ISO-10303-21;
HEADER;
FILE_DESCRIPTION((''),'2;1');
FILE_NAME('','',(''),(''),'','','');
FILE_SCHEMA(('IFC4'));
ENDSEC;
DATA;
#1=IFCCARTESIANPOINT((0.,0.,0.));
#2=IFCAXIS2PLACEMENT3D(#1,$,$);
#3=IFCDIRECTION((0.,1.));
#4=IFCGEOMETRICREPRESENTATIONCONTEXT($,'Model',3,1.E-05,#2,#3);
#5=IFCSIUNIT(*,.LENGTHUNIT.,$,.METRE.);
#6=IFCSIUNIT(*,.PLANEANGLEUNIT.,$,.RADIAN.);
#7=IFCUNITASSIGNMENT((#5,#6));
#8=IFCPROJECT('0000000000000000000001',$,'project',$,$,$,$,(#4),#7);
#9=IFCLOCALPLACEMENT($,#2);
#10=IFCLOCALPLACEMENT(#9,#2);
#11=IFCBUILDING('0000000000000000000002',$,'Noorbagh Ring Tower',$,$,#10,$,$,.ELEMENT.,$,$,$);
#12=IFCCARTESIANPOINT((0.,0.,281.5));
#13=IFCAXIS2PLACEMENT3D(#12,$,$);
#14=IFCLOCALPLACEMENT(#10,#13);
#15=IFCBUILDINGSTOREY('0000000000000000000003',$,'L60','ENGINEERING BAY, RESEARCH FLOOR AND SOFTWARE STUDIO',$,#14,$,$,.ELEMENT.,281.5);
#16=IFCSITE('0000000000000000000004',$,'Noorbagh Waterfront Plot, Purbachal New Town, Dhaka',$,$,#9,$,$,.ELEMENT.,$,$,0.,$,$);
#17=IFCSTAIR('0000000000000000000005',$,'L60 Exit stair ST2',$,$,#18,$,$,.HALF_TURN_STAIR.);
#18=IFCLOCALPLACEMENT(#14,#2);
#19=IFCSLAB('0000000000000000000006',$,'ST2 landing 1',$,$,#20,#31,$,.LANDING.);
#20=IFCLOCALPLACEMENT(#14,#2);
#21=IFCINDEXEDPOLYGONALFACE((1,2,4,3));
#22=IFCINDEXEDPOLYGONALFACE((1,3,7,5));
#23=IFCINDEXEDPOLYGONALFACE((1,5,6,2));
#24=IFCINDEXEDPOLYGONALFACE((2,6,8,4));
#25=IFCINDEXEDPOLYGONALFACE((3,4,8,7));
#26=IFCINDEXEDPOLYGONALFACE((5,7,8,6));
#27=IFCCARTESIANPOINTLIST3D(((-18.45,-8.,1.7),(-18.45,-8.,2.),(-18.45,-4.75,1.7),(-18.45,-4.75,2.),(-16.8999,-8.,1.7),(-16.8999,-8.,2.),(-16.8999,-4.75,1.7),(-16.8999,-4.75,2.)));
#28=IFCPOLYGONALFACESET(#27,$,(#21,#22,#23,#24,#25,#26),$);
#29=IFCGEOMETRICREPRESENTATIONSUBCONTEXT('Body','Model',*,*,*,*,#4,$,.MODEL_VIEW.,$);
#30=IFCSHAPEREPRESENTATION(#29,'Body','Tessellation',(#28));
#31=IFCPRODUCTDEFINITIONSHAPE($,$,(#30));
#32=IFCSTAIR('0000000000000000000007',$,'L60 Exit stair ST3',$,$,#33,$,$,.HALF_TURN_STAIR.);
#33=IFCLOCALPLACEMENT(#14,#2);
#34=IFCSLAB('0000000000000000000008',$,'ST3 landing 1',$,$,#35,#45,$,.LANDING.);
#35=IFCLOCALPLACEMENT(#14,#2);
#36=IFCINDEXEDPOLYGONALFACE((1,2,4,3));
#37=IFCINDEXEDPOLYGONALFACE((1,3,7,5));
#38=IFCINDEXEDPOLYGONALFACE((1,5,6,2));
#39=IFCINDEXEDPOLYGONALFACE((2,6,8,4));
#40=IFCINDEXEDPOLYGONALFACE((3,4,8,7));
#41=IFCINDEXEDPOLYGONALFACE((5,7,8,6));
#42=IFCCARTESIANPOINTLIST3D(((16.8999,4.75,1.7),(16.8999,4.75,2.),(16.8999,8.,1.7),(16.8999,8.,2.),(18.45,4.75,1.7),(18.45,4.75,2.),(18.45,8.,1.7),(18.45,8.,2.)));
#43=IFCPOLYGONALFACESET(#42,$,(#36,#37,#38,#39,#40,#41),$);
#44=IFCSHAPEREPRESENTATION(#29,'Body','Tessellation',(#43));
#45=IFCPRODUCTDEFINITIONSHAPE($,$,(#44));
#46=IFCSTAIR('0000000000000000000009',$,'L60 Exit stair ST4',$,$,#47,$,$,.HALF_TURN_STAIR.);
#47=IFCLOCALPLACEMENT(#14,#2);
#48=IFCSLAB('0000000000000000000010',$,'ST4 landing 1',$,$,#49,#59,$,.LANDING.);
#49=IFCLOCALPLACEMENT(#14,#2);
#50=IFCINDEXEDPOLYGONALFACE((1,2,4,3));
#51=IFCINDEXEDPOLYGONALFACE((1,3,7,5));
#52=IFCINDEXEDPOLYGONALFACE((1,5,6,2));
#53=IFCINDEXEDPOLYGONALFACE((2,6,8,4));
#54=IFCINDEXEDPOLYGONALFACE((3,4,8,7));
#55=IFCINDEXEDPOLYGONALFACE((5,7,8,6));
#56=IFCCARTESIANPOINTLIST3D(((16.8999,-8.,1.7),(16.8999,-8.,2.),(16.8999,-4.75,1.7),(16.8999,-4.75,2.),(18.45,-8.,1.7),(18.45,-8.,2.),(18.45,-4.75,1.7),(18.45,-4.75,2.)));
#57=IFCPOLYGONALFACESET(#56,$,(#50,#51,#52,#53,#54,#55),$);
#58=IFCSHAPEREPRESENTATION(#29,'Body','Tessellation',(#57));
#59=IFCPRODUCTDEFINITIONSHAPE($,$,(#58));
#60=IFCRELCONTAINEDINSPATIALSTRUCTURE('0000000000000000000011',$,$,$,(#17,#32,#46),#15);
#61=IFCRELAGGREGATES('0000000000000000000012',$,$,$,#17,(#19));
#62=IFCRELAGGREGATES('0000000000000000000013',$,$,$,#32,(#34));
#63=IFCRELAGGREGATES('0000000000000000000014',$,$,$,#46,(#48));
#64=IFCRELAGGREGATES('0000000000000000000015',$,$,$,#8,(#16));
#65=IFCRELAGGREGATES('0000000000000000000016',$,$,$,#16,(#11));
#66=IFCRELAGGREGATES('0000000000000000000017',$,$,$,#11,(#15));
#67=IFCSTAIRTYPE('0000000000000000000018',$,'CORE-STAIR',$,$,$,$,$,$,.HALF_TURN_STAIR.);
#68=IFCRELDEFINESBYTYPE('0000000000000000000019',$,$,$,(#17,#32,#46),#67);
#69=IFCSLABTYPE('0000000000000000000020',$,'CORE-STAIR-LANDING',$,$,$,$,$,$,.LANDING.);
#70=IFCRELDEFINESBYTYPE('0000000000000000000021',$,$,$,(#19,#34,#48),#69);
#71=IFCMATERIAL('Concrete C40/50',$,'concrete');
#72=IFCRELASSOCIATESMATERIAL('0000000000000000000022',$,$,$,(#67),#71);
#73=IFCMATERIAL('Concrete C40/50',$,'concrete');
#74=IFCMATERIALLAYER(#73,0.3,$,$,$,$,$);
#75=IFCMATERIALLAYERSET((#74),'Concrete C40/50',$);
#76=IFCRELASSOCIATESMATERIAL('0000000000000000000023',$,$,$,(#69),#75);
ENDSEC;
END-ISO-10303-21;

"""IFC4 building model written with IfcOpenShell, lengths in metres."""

from ifc_helpers import new_model, si_unit, direction, frame, origin, place, context, subcontext, project, spatial, polyline, outline, extrude, material, layer, layer_set, type_object, element, aggregate, save


model = new_model("IFC4")

# Units and contexts
model_context = context("Model", 3, precision=1e-05, world=origin(), true_north=direction((0.0, 1.0)))
body_context = subcontext(model_context, "Body", "Model", "MODEL_VIEW")
ifc_project = project(units=[si_unit("LENGTHUNIT", "METRE"), si_unit("PLANEANGLEUNIT", "RADIAN")], contexts=[model_context])

# Site, building, storey
site_placement = place(None, origin())
site = spatial("IfcSite", under=ifc_project, at=site_placement, Name="Noorbagh Waterfront Plot, Purbachal New Town, Dhaka", CompositionType="ELEMENT", RefElevation=0.0)
building_placement = place(site_placement, origin())
building = spatial("IfcBuilding", under=site, at=building_placement, Name="Noorbagh Ring Tower", CompositionType="ELEMENT")
storey_placement = place(building_placement, frame((0.0, 0.0, 281.5)))
storey = spatial("IfcBuildingStorey", under=building, at=storey_placement, Name="L60", Description="ENGINEERING BAY, RESEARCH FLOOR AND SOFTWARE STUDIO", CompositionType="ELEMENT", Elevation=281.5)

# Stairs, slabs
ifc_material_1 = material(Name="Concrete C40/50", Category="concrete")
stair_type = type_object("IfcStairType", Name="CORE-STAIR", PredefinedType="HALF_TURN_STAIR", material=ifc_material_1)
ifc_material_2 = material(Name="Concrete C40/50", Category="concrete")
ifc_layer_1 = layer(ifc_material_2, 0.3)
ifc_layer_set_1 = layer_set([ifc_layer_1], Name="Concrete C40/50")
slab_type_1 = type_object("IfcSlabType", Name="CORE-STAIR-LANDING", PredefinedType="LANDING", material=ifc_layer_set_1)
stair_1_placement = place(storey_placement, origin())
stair_1 = element("IfcStair", 1, at=stair_1_placement, inside=storey, type_object=stair_type, Name="L60 Exit stair ST2", PredefinedType="HALF_TURN_STAIR")
slab_1_placement = place(storey_placement, frame((0.0, 0.0, 1.7)))
slab_1 = element("IfcSlab", 2, at=slab_1_placement, type_object=slab_type_1, Name="ST2 landing 1", PredefinedType="LANDING", context=body_context, shape_type="SweptSolid", body=[
    extrude(outline(polyline([(-18.45, -8.0), (-16.8999, -8.0), (-16.8999, -4.75), (-18.45, -4.75), (-18.45, -8.0)])), origin(), (0.0, 0.0, 1.0), 0.3),
])
aggregate(stair_1, [slab_1])
stair_2_placement = place(storey_placement, origin())
stair_2 = element("IfcStair", 3, at=stair_2_placement, inside=storey, type_object=stair_type, Name="L60 Exit stair ST3", PredefinedType="HALF_TURN_STAIR")
slab_2_placement = place(storey_placement, frame((0.0, 0.0, 1.7)))
slab_2 = element("IfcSlab", 4, at=slab_2_placement, type_object=slab_type_1, Name="ST3 landing 1", PredefinedType="LANDING", context=body_context, shape_type="SweptSolid", body=[
    extrude(outline(polyline([(18.45, 8.0), (16.8999, 8.0), (16.8999, 4.75), (18.45, 4.75), (18.45, 8.0)])), origin(), (0.0, 0.0, 1.0), 0.3),
])
aggregate(stair_2, [slab_2])
stair_3_placement = place(storey_placement, origin())
stair_3 = element("IfcStair", 5, at=stair_3_placement, inside=storey, type_object=stair_type, Name="L60 Exit stair ST4", PredefinedType="HALF_TURN_STAIR")
slab_3_placement = place(storey_placement, frame((0.0, 0.0, 1.7)))
slab_3 = element("IfcSlab", 6, at=slab_3_placement, type_object=slab_type_1, Name="ST4 landing 1", PredefinedType="LANDING", context=body_context, shape_type="SweptSolid", body=[
    extrude(outline(polyline([(18.45, -4.75), (16.8999, -4.75), (16.8999, -8.0), (18.45, -8.0), (18.45, -4.75)])), origin(), (0.0, 0.0, 1.0), 0.3),
])
aggregate(stair_3, [slab_3])

save(model, "model.ifc")
